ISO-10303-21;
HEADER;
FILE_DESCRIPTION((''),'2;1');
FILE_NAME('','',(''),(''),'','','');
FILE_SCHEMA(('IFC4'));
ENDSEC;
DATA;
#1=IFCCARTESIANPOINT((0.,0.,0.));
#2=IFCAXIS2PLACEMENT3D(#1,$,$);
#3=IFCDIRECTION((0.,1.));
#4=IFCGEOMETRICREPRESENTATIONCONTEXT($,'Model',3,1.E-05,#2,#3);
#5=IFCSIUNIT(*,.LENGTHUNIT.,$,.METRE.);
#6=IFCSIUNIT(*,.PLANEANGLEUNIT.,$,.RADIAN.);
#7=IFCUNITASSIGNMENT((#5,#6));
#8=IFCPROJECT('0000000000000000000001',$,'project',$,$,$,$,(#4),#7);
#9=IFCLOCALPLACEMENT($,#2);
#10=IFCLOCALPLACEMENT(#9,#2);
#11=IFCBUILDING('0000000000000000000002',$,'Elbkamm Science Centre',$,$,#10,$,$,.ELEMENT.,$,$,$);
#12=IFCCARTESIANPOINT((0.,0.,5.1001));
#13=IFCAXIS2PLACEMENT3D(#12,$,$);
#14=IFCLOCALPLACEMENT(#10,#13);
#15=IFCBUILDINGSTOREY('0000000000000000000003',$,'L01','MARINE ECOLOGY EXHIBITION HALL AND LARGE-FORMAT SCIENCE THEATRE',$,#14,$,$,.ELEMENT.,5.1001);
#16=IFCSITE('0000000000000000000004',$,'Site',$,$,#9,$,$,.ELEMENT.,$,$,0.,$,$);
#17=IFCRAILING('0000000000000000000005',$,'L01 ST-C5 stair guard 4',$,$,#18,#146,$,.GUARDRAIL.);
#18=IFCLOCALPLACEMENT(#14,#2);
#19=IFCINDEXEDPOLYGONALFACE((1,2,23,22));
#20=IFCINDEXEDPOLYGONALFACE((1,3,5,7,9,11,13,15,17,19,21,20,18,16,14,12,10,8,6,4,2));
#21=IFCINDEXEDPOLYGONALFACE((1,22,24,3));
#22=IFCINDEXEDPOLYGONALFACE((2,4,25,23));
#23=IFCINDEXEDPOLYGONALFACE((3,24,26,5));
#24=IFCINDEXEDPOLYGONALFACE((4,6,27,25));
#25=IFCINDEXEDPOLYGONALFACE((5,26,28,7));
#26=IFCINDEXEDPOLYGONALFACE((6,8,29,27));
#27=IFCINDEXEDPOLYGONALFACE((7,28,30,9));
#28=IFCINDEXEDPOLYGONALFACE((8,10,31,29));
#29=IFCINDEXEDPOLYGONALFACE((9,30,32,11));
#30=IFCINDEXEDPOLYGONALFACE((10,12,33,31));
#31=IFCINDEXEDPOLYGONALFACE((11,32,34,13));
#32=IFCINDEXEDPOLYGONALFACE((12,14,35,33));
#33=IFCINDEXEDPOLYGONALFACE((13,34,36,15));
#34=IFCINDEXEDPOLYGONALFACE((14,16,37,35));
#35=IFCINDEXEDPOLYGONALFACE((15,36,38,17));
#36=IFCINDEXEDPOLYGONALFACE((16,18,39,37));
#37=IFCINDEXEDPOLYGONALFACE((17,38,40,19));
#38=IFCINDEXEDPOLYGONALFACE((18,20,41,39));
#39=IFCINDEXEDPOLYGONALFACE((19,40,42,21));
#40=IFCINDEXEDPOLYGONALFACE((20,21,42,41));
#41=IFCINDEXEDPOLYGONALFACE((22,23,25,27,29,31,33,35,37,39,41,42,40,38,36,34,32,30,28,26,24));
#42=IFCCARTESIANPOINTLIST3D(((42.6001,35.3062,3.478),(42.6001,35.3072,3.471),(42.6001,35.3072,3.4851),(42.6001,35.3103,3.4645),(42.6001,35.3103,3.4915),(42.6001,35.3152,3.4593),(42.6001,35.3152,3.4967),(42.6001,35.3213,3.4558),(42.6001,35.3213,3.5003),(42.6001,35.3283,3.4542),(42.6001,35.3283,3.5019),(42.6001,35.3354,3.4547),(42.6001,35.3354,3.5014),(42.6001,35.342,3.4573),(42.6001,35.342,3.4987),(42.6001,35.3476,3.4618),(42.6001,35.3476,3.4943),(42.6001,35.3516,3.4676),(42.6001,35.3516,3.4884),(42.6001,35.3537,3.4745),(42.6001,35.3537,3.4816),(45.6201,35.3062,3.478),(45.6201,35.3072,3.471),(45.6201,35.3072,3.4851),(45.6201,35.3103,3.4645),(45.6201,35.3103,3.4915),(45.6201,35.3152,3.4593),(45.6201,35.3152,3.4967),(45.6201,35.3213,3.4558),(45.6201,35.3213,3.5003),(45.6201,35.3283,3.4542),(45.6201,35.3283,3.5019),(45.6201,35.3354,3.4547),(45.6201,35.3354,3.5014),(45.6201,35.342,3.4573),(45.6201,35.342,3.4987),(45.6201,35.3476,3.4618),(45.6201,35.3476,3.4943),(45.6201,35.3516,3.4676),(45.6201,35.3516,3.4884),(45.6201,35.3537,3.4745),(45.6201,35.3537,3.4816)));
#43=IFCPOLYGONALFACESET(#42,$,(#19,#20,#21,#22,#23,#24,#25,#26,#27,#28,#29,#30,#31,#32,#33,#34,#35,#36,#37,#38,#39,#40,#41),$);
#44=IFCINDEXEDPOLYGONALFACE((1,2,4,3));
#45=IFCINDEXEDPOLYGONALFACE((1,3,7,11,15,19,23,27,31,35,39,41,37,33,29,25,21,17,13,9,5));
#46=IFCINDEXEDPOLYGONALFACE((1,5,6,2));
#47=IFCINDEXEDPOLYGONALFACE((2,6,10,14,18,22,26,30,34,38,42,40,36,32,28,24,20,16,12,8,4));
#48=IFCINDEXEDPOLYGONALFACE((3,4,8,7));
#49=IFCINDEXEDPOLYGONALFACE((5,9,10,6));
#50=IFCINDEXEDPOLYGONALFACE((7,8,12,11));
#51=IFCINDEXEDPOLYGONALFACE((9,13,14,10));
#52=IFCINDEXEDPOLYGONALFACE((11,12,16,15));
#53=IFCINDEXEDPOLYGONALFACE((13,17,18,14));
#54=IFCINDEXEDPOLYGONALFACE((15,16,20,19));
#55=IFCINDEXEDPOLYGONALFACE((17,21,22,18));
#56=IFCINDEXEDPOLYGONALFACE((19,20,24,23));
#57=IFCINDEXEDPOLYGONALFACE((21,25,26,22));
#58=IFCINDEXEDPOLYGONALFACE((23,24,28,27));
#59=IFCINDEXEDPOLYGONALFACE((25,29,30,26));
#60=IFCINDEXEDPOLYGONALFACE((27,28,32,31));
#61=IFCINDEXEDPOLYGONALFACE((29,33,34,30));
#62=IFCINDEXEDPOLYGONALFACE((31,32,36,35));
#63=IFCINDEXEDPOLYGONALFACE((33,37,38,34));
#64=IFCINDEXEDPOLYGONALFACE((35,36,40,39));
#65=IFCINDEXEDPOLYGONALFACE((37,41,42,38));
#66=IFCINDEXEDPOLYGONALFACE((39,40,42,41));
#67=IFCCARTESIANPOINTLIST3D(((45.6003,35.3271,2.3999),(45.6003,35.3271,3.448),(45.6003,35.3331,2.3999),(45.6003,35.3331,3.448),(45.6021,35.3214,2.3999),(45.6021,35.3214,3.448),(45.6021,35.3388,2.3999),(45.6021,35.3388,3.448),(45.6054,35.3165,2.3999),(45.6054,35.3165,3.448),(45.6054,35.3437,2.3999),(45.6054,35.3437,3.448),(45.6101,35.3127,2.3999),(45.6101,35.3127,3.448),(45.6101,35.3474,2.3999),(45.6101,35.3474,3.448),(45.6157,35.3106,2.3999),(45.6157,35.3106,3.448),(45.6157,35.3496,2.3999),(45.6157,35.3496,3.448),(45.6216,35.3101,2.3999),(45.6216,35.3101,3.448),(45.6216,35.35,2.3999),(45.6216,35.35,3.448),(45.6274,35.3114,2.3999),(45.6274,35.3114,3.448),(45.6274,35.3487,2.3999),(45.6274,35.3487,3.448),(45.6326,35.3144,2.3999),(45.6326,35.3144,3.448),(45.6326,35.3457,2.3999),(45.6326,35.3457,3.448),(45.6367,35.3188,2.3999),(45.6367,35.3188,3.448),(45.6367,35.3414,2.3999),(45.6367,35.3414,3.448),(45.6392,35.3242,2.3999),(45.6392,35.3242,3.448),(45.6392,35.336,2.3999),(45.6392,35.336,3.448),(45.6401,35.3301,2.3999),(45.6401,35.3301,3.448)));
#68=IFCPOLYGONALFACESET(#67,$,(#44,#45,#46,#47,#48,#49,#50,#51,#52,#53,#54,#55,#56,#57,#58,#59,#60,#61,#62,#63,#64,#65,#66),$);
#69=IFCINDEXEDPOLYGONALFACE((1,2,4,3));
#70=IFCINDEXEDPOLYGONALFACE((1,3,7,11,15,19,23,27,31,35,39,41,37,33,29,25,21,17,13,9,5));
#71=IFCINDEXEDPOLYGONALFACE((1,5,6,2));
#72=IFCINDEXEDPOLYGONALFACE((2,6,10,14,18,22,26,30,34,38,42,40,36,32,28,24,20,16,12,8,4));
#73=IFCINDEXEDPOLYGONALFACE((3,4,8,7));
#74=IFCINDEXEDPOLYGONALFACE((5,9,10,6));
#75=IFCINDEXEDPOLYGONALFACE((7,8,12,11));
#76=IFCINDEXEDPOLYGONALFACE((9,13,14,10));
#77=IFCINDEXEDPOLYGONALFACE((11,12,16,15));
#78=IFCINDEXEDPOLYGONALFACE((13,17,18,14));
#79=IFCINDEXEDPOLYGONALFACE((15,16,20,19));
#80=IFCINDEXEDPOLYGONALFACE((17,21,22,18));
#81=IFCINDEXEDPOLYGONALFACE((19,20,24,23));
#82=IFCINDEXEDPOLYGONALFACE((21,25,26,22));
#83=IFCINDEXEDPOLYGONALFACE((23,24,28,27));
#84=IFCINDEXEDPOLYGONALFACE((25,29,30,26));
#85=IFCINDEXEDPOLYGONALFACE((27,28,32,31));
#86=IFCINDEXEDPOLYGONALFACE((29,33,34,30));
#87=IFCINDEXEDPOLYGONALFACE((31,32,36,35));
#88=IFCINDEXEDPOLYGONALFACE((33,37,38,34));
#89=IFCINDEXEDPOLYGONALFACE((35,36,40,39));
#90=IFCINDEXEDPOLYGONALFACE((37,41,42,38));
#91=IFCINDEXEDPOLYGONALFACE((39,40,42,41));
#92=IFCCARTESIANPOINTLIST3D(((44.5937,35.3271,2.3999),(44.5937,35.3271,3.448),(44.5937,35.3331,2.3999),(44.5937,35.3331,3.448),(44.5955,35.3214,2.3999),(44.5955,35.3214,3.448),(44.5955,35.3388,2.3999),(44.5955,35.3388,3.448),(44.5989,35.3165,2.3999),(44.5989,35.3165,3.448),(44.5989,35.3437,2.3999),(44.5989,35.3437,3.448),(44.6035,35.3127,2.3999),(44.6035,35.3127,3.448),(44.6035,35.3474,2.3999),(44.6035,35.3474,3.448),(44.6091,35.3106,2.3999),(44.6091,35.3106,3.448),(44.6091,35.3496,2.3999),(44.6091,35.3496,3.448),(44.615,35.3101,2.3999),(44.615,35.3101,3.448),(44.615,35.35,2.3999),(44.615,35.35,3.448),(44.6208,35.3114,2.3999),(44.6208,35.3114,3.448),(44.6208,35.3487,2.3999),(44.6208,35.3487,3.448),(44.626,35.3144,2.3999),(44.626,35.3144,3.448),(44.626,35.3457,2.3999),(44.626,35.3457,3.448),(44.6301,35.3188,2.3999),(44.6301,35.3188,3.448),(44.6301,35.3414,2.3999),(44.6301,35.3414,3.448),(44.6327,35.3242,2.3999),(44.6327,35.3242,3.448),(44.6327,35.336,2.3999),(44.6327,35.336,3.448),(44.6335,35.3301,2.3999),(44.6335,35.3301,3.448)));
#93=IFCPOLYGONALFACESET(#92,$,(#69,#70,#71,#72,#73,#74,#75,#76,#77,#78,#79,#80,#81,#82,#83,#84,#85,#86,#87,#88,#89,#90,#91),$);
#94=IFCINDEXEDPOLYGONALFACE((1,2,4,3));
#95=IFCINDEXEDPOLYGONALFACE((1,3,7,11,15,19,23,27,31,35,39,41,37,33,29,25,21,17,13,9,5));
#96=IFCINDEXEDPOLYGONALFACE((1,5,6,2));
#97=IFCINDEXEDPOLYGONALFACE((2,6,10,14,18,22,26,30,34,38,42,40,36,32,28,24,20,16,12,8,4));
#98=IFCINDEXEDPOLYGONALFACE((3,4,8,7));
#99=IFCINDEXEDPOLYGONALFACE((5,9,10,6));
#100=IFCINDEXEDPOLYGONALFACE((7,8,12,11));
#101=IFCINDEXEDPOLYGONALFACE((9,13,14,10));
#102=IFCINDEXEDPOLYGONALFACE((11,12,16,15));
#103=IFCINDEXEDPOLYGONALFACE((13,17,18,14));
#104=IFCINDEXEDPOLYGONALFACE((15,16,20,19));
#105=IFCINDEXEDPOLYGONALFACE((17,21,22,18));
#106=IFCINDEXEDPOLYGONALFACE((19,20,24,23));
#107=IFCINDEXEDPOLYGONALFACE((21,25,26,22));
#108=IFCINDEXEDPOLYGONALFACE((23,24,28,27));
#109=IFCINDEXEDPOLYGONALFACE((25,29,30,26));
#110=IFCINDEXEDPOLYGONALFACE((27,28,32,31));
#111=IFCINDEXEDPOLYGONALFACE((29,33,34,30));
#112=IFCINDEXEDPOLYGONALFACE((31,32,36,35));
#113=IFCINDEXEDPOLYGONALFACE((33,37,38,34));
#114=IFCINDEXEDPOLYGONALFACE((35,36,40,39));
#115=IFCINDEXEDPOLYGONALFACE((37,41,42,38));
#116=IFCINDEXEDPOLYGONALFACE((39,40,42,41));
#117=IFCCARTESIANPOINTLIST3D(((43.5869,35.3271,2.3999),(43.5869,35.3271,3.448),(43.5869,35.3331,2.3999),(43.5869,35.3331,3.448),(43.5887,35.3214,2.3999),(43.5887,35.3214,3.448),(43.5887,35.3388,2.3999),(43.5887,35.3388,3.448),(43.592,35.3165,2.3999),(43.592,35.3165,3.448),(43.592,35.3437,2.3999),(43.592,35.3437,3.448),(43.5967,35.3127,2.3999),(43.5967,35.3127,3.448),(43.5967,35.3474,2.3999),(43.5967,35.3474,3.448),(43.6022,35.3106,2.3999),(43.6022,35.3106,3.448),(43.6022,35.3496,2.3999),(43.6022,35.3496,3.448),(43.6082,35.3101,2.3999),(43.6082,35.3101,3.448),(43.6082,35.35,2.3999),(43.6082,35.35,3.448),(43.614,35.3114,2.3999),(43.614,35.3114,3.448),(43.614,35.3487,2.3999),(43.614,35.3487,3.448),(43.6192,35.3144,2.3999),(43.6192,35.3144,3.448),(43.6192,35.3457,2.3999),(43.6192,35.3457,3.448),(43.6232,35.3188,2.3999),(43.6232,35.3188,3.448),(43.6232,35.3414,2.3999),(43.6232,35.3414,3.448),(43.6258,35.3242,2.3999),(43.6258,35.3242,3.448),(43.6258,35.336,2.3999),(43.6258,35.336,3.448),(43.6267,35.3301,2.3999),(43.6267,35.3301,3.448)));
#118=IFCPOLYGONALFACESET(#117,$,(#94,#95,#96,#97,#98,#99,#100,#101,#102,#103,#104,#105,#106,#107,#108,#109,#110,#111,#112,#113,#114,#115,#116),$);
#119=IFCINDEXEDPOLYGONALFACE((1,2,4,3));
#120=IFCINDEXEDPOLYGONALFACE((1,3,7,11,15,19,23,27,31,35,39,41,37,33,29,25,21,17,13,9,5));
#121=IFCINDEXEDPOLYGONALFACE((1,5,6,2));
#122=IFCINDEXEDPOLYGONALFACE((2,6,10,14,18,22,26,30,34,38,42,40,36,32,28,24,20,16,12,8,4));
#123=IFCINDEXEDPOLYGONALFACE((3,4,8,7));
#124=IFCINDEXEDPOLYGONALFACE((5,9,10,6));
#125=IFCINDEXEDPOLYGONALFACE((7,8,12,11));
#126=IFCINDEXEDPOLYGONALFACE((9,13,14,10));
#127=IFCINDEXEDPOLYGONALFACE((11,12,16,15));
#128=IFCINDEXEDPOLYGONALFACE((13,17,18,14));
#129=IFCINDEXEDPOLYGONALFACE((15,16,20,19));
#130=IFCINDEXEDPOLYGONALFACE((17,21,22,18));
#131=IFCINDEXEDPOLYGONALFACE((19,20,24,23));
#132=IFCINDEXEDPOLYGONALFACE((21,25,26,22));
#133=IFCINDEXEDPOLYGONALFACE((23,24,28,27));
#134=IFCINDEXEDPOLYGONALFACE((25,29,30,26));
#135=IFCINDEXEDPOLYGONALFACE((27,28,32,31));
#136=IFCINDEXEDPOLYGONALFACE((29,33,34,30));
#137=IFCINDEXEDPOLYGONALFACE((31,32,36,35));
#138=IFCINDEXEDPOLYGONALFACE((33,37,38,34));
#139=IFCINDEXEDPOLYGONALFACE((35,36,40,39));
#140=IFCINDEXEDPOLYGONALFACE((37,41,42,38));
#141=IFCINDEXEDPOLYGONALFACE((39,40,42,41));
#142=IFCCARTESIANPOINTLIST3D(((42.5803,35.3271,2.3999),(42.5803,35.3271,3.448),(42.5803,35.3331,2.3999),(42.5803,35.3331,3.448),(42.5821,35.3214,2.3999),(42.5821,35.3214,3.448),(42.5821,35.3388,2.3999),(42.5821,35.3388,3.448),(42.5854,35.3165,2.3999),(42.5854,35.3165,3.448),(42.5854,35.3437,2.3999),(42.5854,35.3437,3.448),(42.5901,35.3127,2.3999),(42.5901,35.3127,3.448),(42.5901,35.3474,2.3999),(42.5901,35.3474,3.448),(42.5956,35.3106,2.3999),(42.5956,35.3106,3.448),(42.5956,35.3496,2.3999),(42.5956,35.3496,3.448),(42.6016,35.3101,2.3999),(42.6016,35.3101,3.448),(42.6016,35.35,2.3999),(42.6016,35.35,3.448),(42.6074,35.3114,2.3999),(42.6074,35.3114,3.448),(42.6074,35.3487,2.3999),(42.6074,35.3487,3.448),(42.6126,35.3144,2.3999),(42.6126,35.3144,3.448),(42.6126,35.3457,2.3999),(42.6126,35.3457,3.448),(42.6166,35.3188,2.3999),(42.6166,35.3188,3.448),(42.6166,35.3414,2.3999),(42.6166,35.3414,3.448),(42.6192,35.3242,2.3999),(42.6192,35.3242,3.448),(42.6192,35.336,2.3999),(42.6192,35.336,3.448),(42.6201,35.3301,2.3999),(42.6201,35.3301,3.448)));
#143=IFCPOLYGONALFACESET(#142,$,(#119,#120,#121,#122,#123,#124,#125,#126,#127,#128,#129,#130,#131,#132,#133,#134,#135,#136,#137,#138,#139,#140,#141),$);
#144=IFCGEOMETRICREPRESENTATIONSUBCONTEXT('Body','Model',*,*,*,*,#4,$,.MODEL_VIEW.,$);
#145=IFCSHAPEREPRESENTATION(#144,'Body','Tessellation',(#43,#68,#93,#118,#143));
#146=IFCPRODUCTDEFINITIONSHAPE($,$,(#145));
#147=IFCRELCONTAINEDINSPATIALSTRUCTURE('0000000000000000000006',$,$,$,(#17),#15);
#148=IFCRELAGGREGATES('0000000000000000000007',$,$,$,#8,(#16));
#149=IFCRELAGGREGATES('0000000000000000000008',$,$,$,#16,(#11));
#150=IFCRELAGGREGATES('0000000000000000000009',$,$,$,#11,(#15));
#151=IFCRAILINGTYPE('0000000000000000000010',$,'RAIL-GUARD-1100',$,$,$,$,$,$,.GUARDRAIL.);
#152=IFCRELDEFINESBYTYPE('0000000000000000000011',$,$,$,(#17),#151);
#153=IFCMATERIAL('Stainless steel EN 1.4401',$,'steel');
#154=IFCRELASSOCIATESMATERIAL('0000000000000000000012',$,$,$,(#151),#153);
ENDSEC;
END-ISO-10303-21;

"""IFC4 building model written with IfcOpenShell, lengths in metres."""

from ifc_helpers import new_model, si_unit, direction, frame, origin, origin_2d, place, context, subcontext, project, spatial, circle, extrude, material, type_object, element, save


model = new_model("IFC4")

# Units and contexts
model_context = context("Model", 3, precision=1e-05, world=origin(), true_north=direction((0.0, 1.0)))
body_context = subcontext(model_context, "Body", "Model", "MODEL_VIEW")
ifc_project = project(units=[si_unit("LENGTHUNIT", "METRE"), si_unit("PLANEANGLEUNIT", "RADIAN")], contexts=[model_context])

# Site, building, storey
site_placement = place(None, origin())
site = spatial("IfcSite", under=ifc_project, at=site_placement, Name="Site", CompositionType="ELEMENT", RefElevation=0.0)
building_placement = place(site_placement, origin())
building = spatial("IfcBuilding", under=site, at=building_placement, Name="Elbkamm Science Centre", CompositionType="ELEMENT")
storey_placement = place(building_placement, frame((0.0, 0.0, 5.1001)))
storey = spatial("IfcBuildingStorey", under=building, at=storey_placement, Name="L01", Description="MARINE ECOLOGY EXHIBITION HALL AND LARGE-FORMAT SCIENCE THEATRE", CompositionType="ELEMENT", Elevation=5.1001)

# Railing
ifc_material_1 = material(Name="Stainless steel EN 1.4401", Category="steel")
railing_type_1 = type_object("IfcRailingType", Name="RAIL-GUARD-1100", PredefinedType="GUARDRAIL", material=ifc_material_1)
for number, where, name in (
    (1, (45.6201, 35.3301, 2.3999), "L01 ST-C5 stair guard 4"),
):
    element("IfcRailing", number, at=place(storey_placement, frame(where)), inside=storey, type_object=railing_type_1, Name=name, PredefinedType="GUARDRAIL", context=body_context, shape_type="SweptSolid", body=[
        extrude(circle(Radius=0.0239, at=origin_2d()), frame((0.0, 0.0, 1.0781), z_axis=(-1.0, 0.0, 0.0), x_axis=(0.0, -1.0, 0.0)), (0.0, 0.0, 1.0), 3.02),
        extrude(circle(Radius=0.02, at=origin_2d()), origin(), (0.0, 0.0, 1.0), 1.0481),
        extrude(circle(Radius=0.02, at=origin_2d()), frame((-1.0066, 0.0, 0.0)), (0.0, 0.0, 1.0), 1.0481),
        extrude(circle(Radius=0.02, at=origin_2d()), frame((-2.0134, 0.0, 0.0)), (0.0, 0.0, 1.0), 1.0481),
        extrude(circle(Radius=0.02, at=origin_2d()), frame((-3.02, 0.0, 0.0)), (0.0, 0.0, 1.0), 1.0481),
    ])

save(model, "model.ifc")
